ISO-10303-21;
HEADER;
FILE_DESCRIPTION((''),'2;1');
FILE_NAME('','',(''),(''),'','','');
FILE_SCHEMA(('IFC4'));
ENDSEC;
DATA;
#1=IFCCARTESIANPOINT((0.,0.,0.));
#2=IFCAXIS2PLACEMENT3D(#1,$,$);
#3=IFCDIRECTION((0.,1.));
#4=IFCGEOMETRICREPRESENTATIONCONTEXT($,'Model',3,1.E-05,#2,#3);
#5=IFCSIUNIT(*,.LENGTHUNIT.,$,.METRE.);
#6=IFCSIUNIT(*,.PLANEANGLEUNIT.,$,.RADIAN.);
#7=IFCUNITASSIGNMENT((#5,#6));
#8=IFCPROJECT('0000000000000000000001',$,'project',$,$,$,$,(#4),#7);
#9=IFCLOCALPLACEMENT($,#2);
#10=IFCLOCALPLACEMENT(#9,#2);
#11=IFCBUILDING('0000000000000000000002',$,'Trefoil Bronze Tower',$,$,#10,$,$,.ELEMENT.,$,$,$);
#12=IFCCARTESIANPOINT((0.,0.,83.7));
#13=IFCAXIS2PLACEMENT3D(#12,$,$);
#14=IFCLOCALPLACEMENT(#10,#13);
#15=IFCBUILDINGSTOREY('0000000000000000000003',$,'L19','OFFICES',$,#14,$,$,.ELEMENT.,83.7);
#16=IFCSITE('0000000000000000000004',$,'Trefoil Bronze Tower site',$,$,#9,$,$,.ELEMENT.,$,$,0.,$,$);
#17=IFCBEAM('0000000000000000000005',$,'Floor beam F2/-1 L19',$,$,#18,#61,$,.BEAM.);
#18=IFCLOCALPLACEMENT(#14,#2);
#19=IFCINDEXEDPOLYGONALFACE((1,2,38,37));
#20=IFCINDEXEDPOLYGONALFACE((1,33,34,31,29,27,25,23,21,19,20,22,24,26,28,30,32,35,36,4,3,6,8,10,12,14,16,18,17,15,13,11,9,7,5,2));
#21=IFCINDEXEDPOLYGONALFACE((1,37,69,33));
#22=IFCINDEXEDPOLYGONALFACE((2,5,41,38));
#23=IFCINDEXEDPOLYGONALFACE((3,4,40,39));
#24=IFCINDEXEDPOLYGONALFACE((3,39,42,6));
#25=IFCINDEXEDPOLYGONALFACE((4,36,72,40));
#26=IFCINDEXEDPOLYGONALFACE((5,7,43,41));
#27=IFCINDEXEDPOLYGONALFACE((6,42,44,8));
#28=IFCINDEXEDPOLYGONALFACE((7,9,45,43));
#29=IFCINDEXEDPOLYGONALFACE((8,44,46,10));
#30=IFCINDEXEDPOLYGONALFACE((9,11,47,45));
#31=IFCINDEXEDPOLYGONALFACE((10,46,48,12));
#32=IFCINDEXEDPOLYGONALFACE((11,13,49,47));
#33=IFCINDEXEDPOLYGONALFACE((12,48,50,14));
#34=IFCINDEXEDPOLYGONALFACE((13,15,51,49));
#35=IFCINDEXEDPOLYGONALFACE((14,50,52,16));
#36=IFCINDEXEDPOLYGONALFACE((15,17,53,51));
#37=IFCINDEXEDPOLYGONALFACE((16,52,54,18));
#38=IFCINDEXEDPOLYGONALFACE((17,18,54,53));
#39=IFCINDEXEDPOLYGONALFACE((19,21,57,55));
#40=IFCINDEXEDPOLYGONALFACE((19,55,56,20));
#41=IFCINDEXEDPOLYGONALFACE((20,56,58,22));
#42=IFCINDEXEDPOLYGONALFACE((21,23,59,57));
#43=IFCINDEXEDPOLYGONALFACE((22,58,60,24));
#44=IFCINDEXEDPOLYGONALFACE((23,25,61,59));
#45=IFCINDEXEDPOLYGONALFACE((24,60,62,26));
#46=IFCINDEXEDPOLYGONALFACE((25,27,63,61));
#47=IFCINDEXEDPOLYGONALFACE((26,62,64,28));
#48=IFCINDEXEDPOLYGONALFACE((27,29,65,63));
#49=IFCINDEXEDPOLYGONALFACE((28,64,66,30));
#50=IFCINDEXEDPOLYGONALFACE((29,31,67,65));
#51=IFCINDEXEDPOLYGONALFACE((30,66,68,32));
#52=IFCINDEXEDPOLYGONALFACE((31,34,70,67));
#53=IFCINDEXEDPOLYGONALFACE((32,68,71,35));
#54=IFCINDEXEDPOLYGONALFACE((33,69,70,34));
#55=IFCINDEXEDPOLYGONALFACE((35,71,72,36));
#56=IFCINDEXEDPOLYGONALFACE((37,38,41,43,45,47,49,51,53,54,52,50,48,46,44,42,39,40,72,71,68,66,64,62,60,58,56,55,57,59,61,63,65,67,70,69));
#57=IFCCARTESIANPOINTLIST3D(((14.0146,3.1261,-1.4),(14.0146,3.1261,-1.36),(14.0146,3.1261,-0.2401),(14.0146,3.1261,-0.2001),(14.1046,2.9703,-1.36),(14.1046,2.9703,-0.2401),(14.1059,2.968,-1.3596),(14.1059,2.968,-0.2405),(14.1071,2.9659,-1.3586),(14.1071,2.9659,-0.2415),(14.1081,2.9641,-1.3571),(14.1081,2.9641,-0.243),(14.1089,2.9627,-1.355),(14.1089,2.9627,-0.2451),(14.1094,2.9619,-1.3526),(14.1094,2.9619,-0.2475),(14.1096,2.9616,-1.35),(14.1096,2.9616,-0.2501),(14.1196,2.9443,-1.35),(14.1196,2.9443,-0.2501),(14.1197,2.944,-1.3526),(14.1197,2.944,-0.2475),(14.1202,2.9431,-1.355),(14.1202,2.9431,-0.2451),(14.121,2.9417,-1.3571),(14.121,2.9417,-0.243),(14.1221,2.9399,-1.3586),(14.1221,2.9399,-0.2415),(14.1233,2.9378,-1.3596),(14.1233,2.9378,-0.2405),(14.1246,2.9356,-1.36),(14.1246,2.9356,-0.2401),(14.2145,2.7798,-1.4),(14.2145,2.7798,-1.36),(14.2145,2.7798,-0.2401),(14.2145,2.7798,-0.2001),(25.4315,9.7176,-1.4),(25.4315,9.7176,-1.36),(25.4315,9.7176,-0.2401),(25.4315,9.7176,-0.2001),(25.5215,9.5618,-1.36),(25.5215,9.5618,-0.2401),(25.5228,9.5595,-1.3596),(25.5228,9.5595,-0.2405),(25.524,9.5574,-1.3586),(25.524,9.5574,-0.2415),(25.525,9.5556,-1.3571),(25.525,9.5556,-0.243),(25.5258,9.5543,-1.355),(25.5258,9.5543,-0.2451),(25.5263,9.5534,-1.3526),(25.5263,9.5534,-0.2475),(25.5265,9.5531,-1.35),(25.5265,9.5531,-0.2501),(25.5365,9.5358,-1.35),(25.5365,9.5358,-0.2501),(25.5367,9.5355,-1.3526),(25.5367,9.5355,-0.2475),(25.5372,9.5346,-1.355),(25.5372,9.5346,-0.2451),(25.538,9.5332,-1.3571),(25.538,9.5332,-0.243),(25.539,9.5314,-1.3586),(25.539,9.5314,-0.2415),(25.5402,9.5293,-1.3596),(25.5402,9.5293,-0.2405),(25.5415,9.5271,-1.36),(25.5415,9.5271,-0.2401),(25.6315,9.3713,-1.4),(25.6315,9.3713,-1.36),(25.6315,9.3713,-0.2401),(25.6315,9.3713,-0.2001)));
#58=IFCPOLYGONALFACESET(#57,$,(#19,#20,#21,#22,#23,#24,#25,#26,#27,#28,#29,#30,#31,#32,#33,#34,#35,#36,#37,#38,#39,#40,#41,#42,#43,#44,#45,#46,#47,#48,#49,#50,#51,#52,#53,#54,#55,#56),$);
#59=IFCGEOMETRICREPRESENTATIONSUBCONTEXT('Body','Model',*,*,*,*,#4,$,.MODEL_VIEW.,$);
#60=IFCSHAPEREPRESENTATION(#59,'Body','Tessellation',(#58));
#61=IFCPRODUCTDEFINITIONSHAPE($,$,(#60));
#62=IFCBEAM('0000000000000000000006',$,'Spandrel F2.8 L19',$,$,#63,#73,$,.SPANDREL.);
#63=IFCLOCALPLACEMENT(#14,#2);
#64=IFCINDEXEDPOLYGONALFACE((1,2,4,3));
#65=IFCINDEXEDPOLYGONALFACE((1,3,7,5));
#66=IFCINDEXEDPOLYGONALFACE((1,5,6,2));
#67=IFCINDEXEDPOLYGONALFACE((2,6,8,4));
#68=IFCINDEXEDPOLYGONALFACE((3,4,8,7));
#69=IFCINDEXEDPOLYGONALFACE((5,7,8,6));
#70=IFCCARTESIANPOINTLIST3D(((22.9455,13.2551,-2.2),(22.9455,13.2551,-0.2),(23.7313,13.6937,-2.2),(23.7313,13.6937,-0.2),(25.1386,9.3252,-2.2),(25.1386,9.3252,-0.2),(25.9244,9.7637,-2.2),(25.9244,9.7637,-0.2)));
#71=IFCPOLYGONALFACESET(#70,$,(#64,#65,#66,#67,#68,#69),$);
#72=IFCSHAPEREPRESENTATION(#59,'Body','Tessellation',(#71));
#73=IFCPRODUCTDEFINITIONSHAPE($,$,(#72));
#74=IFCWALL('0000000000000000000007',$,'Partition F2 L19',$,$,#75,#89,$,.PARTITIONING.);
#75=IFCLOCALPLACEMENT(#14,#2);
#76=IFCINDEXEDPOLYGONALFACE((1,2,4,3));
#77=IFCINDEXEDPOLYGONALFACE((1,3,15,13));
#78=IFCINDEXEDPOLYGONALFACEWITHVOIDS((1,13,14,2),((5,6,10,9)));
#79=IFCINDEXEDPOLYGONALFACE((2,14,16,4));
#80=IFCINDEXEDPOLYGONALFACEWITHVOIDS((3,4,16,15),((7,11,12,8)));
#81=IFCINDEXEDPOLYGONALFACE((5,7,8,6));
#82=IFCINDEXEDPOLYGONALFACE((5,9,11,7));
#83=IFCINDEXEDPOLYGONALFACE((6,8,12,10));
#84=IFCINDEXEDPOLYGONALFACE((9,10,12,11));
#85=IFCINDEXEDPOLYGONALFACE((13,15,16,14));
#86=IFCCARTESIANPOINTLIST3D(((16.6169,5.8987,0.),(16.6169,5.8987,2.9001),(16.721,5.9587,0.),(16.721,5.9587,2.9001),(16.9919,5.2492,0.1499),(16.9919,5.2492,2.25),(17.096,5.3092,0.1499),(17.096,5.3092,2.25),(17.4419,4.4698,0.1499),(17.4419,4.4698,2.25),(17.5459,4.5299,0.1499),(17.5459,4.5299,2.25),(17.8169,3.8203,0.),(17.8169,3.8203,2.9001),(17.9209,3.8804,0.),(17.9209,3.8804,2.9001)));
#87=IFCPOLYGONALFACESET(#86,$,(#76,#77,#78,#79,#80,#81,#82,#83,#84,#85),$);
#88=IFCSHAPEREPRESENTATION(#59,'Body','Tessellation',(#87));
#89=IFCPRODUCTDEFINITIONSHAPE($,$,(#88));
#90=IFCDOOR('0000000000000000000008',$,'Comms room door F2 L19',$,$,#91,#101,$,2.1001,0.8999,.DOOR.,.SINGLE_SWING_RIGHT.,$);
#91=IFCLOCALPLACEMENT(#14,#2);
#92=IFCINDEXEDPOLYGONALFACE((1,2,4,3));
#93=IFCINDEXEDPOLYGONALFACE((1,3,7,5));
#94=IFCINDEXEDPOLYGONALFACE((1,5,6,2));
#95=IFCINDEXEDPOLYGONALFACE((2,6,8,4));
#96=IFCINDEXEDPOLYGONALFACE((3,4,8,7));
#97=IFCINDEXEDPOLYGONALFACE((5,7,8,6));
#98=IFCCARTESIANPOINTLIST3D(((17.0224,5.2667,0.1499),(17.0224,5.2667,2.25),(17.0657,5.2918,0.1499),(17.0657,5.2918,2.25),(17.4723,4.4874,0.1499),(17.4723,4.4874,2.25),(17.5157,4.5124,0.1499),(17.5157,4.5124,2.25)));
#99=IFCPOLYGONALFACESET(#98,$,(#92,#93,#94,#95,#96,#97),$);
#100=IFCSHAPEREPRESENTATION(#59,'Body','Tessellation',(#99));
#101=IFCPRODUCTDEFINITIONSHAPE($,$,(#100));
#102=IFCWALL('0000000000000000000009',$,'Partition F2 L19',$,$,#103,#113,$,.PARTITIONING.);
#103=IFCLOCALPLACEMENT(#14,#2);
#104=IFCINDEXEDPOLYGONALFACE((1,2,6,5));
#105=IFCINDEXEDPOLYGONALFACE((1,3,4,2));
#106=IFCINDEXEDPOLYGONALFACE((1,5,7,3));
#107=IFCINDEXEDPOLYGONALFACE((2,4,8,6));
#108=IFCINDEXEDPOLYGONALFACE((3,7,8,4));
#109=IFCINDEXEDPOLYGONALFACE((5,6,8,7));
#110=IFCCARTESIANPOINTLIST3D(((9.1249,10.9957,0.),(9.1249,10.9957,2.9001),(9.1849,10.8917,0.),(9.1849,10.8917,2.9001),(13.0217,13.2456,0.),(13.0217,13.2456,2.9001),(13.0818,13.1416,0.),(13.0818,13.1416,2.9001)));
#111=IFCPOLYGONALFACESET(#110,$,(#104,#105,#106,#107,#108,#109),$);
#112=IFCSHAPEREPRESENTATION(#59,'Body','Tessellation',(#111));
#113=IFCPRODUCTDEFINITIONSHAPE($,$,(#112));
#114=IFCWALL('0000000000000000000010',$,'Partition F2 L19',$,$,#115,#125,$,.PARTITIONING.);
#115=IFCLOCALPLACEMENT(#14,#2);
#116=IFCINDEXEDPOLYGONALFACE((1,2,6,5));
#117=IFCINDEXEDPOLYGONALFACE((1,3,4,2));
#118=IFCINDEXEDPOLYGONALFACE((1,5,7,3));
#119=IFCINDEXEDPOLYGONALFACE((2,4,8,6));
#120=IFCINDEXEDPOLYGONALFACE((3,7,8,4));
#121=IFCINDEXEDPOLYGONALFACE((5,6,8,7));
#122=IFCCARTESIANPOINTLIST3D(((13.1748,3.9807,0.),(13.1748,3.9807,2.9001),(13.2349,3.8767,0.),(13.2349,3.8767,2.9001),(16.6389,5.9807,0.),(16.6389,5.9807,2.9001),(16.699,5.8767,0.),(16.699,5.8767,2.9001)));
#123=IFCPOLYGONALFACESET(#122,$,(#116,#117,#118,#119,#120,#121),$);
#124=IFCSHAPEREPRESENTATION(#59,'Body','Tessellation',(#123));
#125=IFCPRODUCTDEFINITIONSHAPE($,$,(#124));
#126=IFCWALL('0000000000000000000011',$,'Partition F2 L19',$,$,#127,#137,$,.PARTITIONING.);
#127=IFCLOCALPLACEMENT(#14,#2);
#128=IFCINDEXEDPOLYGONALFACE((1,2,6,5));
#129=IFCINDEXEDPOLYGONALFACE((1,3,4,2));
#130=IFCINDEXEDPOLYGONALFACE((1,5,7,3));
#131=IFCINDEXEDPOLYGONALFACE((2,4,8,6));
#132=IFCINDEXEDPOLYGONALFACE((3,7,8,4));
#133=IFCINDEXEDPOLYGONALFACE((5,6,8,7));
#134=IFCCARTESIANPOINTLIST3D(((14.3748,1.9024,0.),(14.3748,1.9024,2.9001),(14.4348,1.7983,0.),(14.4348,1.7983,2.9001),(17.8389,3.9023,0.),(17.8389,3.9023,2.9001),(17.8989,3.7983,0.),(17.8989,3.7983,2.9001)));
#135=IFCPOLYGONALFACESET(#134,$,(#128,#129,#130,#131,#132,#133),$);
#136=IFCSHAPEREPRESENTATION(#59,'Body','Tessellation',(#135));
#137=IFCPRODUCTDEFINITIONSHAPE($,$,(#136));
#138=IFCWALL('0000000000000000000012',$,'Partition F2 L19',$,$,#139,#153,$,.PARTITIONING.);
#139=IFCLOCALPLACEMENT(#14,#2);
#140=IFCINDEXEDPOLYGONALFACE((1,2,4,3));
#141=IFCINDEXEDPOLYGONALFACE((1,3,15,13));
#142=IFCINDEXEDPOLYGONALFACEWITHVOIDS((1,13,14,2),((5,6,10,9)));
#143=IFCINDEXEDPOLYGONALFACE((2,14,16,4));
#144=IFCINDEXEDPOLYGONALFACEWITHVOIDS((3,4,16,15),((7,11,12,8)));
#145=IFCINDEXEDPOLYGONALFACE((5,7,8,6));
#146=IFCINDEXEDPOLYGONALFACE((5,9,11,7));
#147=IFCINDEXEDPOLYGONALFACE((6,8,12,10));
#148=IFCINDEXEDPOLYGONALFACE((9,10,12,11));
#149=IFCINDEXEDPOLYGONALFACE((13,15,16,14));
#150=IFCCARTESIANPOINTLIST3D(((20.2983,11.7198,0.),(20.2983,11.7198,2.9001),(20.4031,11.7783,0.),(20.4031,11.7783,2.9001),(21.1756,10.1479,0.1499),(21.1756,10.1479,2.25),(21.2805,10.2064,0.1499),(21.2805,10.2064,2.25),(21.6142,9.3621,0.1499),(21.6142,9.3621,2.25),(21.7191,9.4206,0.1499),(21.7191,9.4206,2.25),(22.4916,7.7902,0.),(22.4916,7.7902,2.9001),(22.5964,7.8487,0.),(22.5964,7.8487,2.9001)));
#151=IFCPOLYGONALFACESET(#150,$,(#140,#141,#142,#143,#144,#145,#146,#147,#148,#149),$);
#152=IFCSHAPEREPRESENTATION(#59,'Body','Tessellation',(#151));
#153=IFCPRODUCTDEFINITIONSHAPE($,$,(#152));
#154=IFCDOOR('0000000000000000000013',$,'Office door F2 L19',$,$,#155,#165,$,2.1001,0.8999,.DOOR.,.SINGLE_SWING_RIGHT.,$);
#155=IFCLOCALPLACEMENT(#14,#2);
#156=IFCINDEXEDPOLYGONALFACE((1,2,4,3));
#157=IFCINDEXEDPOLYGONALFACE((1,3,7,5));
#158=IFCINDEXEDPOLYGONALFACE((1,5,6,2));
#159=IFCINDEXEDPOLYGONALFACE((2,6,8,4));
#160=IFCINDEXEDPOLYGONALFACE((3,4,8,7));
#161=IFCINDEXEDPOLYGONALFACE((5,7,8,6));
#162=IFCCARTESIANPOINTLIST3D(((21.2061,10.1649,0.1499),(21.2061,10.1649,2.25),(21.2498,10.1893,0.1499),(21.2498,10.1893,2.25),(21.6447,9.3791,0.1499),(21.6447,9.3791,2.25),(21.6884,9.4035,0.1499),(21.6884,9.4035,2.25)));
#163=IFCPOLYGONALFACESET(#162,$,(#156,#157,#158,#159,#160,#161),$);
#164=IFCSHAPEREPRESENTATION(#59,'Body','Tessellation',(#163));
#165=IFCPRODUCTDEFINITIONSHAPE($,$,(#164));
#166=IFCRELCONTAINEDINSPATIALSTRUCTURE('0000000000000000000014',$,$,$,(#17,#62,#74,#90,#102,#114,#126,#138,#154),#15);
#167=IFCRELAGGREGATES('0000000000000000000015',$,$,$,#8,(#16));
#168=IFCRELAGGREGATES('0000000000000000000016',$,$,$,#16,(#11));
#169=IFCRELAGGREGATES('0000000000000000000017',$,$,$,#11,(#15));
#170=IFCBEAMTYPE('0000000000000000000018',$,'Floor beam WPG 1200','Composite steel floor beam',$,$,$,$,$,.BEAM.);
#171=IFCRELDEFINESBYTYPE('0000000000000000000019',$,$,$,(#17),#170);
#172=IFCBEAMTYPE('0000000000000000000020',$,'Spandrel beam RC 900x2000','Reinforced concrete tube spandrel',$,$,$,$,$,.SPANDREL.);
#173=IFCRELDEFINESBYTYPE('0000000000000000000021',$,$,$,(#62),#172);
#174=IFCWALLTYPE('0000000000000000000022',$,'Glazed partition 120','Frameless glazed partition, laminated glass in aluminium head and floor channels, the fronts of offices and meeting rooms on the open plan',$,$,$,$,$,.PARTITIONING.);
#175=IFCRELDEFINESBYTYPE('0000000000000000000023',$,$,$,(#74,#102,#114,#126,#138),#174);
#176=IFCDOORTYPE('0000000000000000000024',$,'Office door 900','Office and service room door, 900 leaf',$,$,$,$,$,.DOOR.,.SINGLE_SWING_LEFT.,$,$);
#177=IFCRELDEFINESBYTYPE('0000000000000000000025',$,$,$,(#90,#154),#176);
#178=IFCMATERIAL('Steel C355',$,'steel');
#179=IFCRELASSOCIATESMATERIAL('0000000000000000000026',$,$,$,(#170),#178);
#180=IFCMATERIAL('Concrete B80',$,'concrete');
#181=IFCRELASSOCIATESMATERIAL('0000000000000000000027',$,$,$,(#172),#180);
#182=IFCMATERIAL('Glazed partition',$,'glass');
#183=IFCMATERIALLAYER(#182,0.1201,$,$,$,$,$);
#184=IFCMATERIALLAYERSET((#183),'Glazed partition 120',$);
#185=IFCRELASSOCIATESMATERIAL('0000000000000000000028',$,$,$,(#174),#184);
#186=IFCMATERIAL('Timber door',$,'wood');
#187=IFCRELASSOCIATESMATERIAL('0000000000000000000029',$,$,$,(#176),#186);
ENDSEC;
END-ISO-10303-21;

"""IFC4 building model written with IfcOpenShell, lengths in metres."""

from ifc_helpers import new_model, si_unit, direction, frame, frame_2d, origin, origin_2d, place, context, subcontext, project, spatial, rectangle, i_section, extrude, material, layer, layer_set, material_profile, profile_set, type_object, element, fill, save


model = new_model("IFC4")

# Units and contexts
model_context = context("Model", 3, precision=1e-05, world=origin(), true_north=direction((0.0, 1.0)))
body_context = subcontext(model_context, "Body", "Model", "MODEL_VIEW")
ifc_project = project(units=[si_unit("LENGTHUNIT", "METRE"), si_unit("PLANEANGLEUNIT", "RADIAN")], contexts=[model_context])

# Site, building, storey
site_placement = place(None, origin())
site = spatial("IfcSite", under=ifc_project, at=site_placement, Name="Trefoil Bronze Tower site", CompositionType="ELEMENT", RefElevation=0.0)
building_placement = place(site_placement, origin())
building = spatial("IfcBuilding", under=site, at=building_placement, Name="Trefoil Bronze Tower", CompositionType="ELEMENT")
storey_placement = place(building_placement, frame((0.0, 0.0, 83.7)))
storey = spatial("IfcBuildingStorey", under=building, at=storey_placement, Name="L19", Description="OFFICES", CompositionType="ELEMENT", Elevation=83.7)

# Beams
ifc_material_1 = material(Name="Steel C355", Category="steel")
ifc_material_profile_1 = material_profile(ifc_material_1, i_section(OverallWidth=0.3999, OverallDepth=1.2, WebThickness=0.02, FlangeThickness=0.04, FilletRadius=0.01, at=origin_2d()), Name="WPG 1200")
ifc_profile_set_1 = profile_set([ifc_material_profile_1], Name="Steel C355")
beam_type_1 = type_object("IfcBeamType", Name="Floor beam WPG 1200", Description="Composite steel floor beam", PredefinedType="BEAM", material=ifc_profile_set_1)
beam_1_placement = place(storey_placement, frame((25.5315, 9.5444, -0.8), z_axis=(-0.866027, -0.499997, 0.0), x_axis=(0.499997, -0.866027, 0.0)))
element("IfcBeam", 1, at=beam_1_placement, inside=storey, type_object=beam_type_1, Name="Floor beam F2/-1 L19", PredefinedType="BEAM", context=body_context, shape_type="SweptSolid", body=[
    extrude(i_section(OverallWidth=0.3999, OverallDepth=1.2, WebThickness=0.02, FlangeThickness=0.04, FilletRadius=0.01, at=origin_2d()), origin(), (0.0, 0.0, 1.0), 13.1831),
])
ifc_material_2 = material(Name="Concrete B80", Category="concrete")
ifc_material_profile_2 = material_profile(ifc_material_2, rectangle(XDim=0.8999, YDim=2.0, at=origin_2d()), Name="RC 900x2000")
ifc_profile_set_2 = profile_set([ifc_material_profile_2], Name="Concrete B80")
beam_type_2 = type_object("IfcBeamType", Name="Spandrel beam RC 900x2000", Description="Reinforced concrete tube spandrel", PredefinedType="SPANDREL", material=ifc_profile_set_2)
beam_2_placement = place(storey_placement, frame((25.5315, 9.5444, -1.2), z_axis=(-0.487309, 0.873229, 0.0), x_axis=(-0.873229, -0.487309, 0.0)))
element("IfcBeam", 2, at=beam_2_placement, inside=storey, type_object=beam_type_2, Name="Spandrel F2.8 L19", PredefinedType="SPANDREL", context=body_context, shape_type="SweptSolid", body=[
    extrude(rectangle(XDim=0.8999, YDim=2.0, at=origin_2d()), origin(), (0.0, 0.0, 1.0), 4.5005),
])

# Wall, opening, door
ifc_material_3 = material(Name="Glazed partition", Category="glass")
ifc_layer_1 = layer(ifc_material_3, 0.1201)
ifc_layer_set_1 = layer_set([ifc_layer_1], Name="Glazed partition 120")
wall_type_1 = type_object("IfcWallType", Name="Glazed partition 120", Description="Frameless glazed partition, laminated glass in aluminium head and floor channels, the fronts of offices and meeting rooms on the open plan", PredefinedType="PARTITIONING", material=ifc_layer_set_1)
wall_1_placement = place(storey_placement, frame((17.8689, 3.8503, 0.0), z_axis=(0.0, 0.0, 1.0), x_axis=(-0.500001, 0.866025, 0.0)))
wall_1 = element("IfcWall", 3, at=wall_1_placement, inside=storey, type_object=wall_type_1, Name="Partition F2 L19", PredefinedType="PARTITIONING", context=body_context, shape_type="SweptSolid", body=[
    extrude(rectangle(XDim=2.3999, YDim=0.1201, at=frame_2d((1.2, 0.0))), origin(), (0.0, 0.0, 1.0), 2.9001),
])
opening_1_placement = place(wall_1_placement, frame((0.75, 0.0, 0.1499)))
opening_1 = element("IfcOpeningElement", 4, at=opening_1_placement, cuts=wall_1, PredefinedType="OPENING", context=body_context, shape_type="SweptSolid", body=[
    extrude(rectangle(XDim=0.8999, YDim=2.1001, at=frame_2d((0.45, 1.05))), frame((0.0, 0.0701, 0.0), z_axis=(0.0, -1.0, 0.0), x_axis=(1.0, 0.0, 0.0)), (0.0, 0.0, 1.0), 0.1401),
])
ifc_material_4 = material(Name="Timber door", Category="wood")
door_type = type_object("IfcDoorType", Name="Office door 900", Description="Office and service room door, 900 leaf", OperationType="SINGLE_SWING_LEFT", PredefinedType="DOOR", material=ifc_material_4)
door_1_placement = place(opening_1_placement, origin())
door_1 = element("IfcDoor", 5, at=door_1_placement, inside=storey, type_object=door_type, Name="Comms room door F2 L19", OperationType="SINGLE_SWING_RIGHT", OverallHeight=2.1001, OverallWidth=0.8999, PredefinedType="DOOR", context=body_context, shape_type="SweptSolid", body=[
    extrude(rectangle(XDim=0.8999, YDim=2.1001, at=frame_2d((0.45, 1.05))), frame((0.0, 0.0249, 0.0), z_axis=(0.0, -1.0, 0.0), x_axis=(1.0, 0.0, 0.0)), (0.0, 0.0, 1.0), 0.05),
])
fill(opening_1, door_1)

# Walls
wall_2_placement = place(storey_placement, frame((9.1548, 10.9436, 0.0), z_axis=(0.0, 0.0, 1.0), x_axis=(0.866018, 0.500014, 0.0)))
element("IfcWall", 6, at=wall_2_placement, inside=storey, type_object=wall_type_1, Name="Partition F2 L19", PredefinedType="PARTITIONING", context=body_context, shape_type="SweptSolid", body=[
    extrude(rectangle(XDim=4.4998, YDim=0.1201, at=frame_2d((2.25, 0.0))), origin(), (0.0, 0.0, 1.0), 2.9001),
])
for number, where, z_axis, x_axis, name in (
    (7, (13.2048, 3.9287, 0.0), (0.0, 0.0, 1.0), (0.866026, 0.499999, 0.0), "Partition F2 L19"),
    (8, (14.4048, 1.8503, 0.0), (0.0, 0.0, 1.0), (0.866026, 0.499999, 0.0), "Partition F2 L19"),
):
    element("IfcWall", number, at=place(storey_placement, frame(where, z_axis=z_axis, x_axis=x_axis)), inside=storey, type_object=wall_type_1, Name=name, PredefinedType="PARTITIONING", context=body_context, shape_type="SweptSolid", body=[
        extrude(rectangle(XDim=4.0, YDim=0.1201, at=frame_2d((2.0, 0.0))), origin(), (0.0, 0.0, 1.0), 2.9001),
    ])

# Wall, opening, door
wall_3_placement = place(storey_placement, frame((22.5439, 7.8196, 0.0), z_axis=(0.0, 0.0, 1.0), x_axis=(-0.487374, 0.873193, 0.0)))
wall_3 = element("IfcWall", 9, at=wall_3_placement, inside=storey, type_object=wall_type_1, Name="Partition F2 L19", PredefinedType="PARTITIONING", context=body_context, shape_type="SweptSolid", body=[
    extrude(rectangle(XDim=4.5002, YDim=0.1201, at=frame_2d((2.25, 0.0))), origin(), (0.0, 0.0, 1.0), 2.9001),
])
opening_2_placement = place(wall_3_placement, frame((1.8, 0.0, 0.1499)))
opening_2 = element("IfcOpeningElement", 10, at=opening_2_placement, cuts=wall_3, PredefinedType="OPENING", context=body_context, shape_type="SweptSolid", body=[
    extrude(rectangle(XDim=0.8999, YDim=2.1001, at=frame_2d((0.45, 1.05))), frame((0.0, 0.0701, 0.0), z_axis=(0.0, -1.0, 0.0), x_axis=(1.0, 0.0, 0.0)), (0.0, 0.0, 1.0), 0.1401),
])
door_2_placement = place(opening_2_placement, frame((0.8999, 0.0, 0.0), z_axis=(0.0, 0.0, 1.0), x_axis=(-1.0, 0.0, 0.0)))
door_2 = element("IfcDoor", 11, at=door_2_placement, inside=storey, type_object=door_type, Name="Office door F2 L19", OperationType="SINGLE_SWING_RIGHT", OverallHeight=2.1001, OverallWidth=0.8999, PredefinedType="DOOR", context=body_context, shape_type="SweptSolid", body=[
    extrude(rectangle(XDim=0.8999, YDim=2.1001, at=frame_2d((0.45, 1.05))), frame((0.0, 0.0249, 0.0), z_axis=(0.0, -1.0, 0.0), x_axis=(1.0, 0.0, 0.0)), (0.0, 0.0, 1.0), 0.05),
])
fill(opening_2, door_2)

save(model, "model.ifc")
